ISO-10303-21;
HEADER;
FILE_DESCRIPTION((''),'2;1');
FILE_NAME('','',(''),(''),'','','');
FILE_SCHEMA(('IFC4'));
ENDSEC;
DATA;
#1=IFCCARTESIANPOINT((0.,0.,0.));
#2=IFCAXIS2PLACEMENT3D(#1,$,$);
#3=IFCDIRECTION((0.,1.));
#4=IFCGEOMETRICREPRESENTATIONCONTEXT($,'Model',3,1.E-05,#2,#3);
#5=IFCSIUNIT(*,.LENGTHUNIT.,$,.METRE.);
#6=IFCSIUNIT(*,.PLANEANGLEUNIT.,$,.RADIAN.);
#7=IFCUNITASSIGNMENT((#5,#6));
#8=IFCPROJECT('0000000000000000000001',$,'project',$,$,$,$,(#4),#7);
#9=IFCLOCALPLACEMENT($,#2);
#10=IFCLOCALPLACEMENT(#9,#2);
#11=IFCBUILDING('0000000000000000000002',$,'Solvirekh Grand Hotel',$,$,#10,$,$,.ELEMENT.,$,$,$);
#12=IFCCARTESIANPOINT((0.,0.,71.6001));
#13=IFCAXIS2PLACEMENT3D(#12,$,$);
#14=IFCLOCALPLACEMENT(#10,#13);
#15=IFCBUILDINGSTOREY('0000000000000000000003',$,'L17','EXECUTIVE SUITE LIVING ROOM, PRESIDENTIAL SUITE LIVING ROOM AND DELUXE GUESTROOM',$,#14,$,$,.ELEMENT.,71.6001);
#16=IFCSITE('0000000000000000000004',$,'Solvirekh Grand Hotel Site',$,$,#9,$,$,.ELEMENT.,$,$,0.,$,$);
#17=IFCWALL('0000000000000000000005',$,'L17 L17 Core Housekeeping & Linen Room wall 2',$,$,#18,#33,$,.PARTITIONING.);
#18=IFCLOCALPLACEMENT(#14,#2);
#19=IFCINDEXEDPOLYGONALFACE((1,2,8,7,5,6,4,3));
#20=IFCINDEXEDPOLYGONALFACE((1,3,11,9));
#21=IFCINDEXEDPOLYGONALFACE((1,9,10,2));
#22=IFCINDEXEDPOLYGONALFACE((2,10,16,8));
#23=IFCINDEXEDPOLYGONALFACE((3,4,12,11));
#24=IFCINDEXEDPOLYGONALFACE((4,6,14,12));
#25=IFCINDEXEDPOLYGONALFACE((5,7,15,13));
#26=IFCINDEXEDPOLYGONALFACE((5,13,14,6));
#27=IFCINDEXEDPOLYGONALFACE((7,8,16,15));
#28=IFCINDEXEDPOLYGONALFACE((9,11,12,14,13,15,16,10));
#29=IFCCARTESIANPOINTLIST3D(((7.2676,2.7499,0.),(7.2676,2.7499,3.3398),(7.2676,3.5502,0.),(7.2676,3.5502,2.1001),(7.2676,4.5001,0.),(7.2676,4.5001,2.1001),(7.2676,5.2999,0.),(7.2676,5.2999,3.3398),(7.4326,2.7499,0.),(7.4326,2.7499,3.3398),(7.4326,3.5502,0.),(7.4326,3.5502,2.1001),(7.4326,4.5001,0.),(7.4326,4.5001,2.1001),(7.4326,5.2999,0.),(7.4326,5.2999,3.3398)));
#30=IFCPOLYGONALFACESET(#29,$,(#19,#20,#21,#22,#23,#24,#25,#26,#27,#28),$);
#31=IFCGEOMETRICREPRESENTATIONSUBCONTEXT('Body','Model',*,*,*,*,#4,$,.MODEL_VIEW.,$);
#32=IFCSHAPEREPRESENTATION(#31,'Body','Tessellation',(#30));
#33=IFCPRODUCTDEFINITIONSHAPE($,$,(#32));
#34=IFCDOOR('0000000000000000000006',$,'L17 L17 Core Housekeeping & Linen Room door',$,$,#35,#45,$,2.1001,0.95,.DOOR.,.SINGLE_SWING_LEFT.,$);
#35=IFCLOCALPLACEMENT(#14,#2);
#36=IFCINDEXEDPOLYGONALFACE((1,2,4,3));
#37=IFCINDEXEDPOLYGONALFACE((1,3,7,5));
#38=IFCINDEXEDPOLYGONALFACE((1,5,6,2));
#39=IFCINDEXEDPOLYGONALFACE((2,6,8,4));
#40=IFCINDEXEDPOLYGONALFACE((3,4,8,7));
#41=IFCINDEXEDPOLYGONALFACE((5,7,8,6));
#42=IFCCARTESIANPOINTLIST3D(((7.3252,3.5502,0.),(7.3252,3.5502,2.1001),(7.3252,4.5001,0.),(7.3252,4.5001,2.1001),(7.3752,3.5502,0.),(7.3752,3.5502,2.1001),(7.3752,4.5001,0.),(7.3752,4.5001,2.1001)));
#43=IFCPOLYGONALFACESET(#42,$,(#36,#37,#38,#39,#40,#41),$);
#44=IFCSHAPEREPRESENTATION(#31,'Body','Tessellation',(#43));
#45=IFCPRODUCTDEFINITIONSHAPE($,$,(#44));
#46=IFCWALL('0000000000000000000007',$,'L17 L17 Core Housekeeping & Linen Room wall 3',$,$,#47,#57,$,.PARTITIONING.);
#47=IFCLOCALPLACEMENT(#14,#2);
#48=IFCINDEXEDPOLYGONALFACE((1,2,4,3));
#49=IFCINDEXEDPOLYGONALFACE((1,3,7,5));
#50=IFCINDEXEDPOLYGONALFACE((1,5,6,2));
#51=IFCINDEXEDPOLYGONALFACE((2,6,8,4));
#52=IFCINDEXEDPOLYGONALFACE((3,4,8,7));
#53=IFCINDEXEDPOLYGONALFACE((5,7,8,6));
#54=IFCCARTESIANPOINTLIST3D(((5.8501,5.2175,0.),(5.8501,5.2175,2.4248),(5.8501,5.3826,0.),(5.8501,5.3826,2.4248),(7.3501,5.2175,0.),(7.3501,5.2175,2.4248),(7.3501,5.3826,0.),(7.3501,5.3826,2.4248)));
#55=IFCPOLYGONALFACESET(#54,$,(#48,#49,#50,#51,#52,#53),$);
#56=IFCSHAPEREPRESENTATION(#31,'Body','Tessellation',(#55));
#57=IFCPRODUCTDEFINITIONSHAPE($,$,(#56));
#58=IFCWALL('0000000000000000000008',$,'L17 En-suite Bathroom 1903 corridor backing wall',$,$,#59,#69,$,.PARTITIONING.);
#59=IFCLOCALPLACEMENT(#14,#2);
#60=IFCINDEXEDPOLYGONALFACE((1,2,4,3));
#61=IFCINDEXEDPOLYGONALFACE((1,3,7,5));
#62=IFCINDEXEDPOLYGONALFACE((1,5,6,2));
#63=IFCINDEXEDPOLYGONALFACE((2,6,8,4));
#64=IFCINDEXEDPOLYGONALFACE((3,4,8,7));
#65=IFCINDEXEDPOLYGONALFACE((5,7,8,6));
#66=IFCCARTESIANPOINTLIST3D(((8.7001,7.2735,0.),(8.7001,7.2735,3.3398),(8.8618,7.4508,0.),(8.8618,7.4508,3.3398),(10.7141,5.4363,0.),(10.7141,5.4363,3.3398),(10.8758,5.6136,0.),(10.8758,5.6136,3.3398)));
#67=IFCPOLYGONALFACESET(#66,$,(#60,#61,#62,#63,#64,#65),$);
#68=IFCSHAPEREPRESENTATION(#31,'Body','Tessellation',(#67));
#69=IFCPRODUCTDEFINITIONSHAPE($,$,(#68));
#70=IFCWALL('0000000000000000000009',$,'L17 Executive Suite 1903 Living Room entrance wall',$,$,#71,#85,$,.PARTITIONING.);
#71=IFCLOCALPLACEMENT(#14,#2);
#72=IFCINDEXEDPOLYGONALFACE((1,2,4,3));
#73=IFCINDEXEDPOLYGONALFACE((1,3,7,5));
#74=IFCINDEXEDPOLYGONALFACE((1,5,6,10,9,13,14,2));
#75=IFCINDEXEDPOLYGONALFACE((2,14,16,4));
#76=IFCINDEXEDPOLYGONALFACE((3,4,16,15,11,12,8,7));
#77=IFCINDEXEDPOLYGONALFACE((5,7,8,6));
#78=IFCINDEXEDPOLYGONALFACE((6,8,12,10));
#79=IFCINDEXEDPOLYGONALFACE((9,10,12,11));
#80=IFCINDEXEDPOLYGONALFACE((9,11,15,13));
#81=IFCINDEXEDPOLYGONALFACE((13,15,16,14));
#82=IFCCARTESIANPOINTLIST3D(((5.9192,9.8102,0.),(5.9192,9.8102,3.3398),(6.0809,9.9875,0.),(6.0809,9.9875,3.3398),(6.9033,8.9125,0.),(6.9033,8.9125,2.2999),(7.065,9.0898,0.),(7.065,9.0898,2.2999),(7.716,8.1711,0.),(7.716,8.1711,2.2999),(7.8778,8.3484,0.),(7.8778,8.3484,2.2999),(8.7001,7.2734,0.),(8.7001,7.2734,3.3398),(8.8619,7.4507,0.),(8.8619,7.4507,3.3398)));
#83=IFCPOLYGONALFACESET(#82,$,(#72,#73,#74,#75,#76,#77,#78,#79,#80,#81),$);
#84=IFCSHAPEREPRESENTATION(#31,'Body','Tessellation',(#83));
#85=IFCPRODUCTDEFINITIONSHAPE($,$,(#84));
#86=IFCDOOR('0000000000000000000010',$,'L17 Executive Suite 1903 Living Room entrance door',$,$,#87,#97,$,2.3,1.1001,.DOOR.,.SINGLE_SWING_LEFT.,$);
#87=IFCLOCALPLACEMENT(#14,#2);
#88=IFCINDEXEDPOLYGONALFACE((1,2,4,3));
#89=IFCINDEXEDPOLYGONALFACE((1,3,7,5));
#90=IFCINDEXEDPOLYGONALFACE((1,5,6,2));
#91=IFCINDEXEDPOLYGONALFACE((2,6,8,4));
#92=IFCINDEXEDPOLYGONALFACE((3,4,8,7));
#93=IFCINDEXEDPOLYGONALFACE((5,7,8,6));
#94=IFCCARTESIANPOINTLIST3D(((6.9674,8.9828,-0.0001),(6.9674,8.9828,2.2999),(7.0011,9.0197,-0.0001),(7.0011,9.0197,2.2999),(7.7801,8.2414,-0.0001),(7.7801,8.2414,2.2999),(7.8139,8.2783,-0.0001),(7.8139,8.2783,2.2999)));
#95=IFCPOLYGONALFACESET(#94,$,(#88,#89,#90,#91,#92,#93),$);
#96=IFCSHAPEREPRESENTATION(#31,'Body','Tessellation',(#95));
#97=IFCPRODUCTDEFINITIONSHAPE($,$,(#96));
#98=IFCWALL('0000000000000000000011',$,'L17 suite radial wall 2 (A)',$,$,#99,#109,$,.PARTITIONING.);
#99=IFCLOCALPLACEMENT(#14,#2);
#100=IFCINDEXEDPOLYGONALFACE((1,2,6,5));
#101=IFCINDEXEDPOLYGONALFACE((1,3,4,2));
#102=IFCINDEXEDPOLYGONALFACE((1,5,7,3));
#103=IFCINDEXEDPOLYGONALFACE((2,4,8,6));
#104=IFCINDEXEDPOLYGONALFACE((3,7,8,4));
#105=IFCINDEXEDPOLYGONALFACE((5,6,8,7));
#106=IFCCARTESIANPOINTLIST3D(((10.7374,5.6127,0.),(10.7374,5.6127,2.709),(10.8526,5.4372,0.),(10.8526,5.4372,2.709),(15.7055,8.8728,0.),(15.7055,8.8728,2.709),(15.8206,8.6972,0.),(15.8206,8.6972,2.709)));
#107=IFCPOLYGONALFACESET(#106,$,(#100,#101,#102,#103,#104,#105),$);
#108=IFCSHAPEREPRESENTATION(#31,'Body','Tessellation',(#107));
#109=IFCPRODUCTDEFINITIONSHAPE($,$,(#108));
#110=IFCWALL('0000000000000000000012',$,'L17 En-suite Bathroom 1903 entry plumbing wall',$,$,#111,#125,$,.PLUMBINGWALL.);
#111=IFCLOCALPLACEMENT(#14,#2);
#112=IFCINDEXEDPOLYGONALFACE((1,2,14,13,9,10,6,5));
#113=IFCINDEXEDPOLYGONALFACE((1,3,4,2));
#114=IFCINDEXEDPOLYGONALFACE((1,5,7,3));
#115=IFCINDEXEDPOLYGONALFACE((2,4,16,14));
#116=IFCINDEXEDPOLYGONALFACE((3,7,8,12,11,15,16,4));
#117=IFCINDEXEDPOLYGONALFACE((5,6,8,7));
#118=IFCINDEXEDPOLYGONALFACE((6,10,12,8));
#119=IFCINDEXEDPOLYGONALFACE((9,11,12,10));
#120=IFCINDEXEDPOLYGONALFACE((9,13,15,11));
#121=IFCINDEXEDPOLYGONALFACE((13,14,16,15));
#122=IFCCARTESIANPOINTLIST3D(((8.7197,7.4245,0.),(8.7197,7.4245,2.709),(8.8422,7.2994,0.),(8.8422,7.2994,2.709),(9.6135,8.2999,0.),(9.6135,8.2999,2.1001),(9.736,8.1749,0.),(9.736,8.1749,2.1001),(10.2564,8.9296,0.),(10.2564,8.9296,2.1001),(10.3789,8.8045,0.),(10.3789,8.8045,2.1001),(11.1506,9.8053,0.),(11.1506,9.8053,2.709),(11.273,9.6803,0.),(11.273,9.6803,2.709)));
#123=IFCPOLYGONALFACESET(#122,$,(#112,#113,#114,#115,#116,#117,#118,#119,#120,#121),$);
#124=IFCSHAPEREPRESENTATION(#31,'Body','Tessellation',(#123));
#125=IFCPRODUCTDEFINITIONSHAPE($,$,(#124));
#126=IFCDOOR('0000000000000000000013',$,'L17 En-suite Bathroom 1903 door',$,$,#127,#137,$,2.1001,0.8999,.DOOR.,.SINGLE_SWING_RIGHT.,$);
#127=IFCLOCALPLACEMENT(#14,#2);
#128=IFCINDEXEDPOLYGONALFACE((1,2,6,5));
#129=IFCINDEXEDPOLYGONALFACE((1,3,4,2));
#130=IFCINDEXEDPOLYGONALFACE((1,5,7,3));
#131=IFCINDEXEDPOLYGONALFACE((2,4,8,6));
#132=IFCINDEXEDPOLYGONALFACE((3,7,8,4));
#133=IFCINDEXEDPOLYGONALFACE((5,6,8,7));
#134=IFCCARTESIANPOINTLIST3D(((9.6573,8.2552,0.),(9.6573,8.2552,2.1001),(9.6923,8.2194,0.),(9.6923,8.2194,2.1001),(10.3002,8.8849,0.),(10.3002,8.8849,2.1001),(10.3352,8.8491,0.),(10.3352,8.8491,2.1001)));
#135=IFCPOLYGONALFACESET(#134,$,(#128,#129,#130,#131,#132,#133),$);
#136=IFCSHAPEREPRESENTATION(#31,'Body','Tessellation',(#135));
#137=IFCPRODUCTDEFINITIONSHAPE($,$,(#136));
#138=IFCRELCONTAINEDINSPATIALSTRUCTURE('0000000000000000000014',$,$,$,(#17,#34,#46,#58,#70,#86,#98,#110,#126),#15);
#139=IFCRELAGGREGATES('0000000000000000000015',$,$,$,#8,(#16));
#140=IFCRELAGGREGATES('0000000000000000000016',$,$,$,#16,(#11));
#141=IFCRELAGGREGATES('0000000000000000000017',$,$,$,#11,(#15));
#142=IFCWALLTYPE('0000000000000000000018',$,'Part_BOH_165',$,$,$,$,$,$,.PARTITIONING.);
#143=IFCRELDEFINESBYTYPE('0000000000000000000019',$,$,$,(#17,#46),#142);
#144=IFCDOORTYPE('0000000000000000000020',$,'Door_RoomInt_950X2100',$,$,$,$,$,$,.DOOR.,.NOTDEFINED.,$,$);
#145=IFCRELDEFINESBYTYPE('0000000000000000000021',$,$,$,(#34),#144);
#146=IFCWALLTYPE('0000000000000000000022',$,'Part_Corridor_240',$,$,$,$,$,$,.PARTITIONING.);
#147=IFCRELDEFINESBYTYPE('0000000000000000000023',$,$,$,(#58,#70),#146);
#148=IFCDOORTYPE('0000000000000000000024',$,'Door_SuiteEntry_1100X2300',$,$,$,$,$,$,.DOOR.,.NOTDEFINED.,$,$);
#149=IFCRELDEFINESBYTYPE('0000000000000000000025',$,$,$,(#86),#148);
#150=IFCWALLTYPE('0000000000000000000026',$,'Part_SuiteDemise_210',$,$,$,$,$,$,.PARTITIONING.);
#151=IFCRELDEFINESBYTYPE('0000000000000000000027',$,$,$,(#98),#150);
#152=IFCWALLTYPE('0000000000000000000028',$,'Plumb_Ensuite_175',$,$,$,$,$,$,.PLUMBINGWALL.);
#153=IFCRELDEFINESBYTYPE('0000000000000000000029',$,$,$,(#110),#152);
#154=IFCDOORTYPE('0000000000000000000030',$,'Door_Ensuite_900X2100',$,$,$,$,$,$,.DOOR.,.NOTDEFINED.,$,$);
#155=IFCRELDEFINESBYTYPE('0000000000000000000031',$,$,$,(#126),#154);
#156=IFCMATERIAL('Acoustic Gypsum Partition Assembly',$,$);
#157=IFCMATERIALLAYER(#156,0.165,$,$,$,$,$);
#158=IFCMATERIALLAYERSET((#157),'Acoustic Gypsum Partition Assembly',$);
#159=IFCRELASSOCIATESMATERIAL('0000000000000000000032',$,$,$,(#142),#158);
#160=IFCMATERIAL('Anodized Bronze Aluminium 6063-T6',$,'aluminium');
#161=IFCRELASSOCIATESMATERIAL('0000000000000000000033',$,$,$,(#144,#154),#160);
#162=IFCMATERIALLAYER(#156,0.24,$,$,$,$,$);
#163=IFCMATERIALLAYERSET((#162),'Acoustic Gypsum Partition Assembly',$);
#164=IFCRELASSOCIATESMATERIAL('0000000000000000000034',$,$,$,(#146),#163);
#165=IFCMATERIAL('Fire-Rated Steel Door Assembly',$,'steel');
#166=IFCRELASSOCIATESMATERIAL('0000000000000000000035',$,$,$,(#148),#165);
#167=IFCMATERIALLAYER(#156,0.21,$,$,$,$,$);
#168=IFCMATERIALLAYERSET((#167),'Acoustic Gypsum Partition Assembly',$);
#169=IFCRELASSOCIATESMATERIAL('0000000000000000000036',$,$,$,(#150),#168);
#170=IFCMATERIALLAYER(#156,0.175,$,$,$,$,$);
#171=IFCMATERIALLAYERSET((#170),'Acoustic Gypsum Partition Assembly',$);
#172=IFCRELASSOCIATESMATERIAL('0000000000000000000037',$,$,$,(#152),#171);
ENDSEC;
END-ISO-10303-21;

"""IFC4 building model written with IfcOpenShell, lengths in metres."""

from ifc_helpers import new_model, si_unit, direction, frame, frame_2d, origin, place, context, subcontext, project, spatial, rectangle, extrude, material, layer, layer_set, type_object, element, fill, save


model = new_model("IFC4")

# Units and contexts
model_context = context("Model", 3, precision=1e-05, world=origin(), true_north=direction((0.0, 1.0)))
body_context = subcontext(model_context, "Body", "Model", "MODEL_VIEW")
ifc_project = project(units=[si_unit("LENGTHUNIT", "METRE"), si_unit("PLANEANGLEUNIT", "RADIAN")], contexts=[model_context])

# Site, building, storey
site_placement = place(None, origin())
site = spatial("IfcSite", under=ifc_project, at=site_placement, Name="Solvirekh Grand Hotel Site", CompositionType="ELEMENT", RefElevation=0.0)
building_placement = place(site_placement, origin())
building = spatial("IfcBuilding", under=site, at=building_placement, Name="Solvirekh Grand Hotel", CompositionType="ELEMENT")
storey_placement = place(building_placement, frame((0.0, 0.0, 71.6001)))
storey = spatial("IfcBuildingStorey", under=building, at=storey_placement, Name="L17", Description="EXECUTIVE SUITE LIVING ROOM, PRESIDENTIAL SUITE LIVING ROOM AND DELUXE GUESTROOM", CompositionType="ELEMENT", Elevation=71.6001)

# Shared definitions
ifc_material_1 = material(Name="Anodized Bronze Aluminium 6063-T6", Category="aluminium")

# Wall, opening, door
ifc_material_2 = material(Name="Acoustic Gypsum Partition Assembly")
ifc_layer_1 = layer(ifc_material_2, 0.165)
ifc_layer_set_1 = layer_set([ifc_layer_1], Name="Acoustic Gypsum Partition Assembly")
wall_type_1 = type_object("IfcWallType", Name="Part_BOH_165", PredefinedType="PARTITIONING", material=ifc_layer_set_1)
wall_1_placement = place(storey_placement, frame((7.3501, 2.75, 0.0), z_axis=(0.0, 0.0, 1.0), x_axis=(0.0, 1.0, 0.0)))
wall_1 = element("IfcWall", 1, at=wall_1_placement, inside=storey, type_object=wall_type_1, Name="L17 L17 Core Housekeeping & Linen Room wall 2", PredefinedType="PARTITIONING", context=body_context, shape_type="SweptSolid", body=[
    extrude(rectangle(XDim=2.55, YDim=0.165, at=frame_2d((1.2749, 0.0))), origin(), (0.0, 0.0, 1.0), 3.3398),
])
opening_1_placement = place(wall_1_placement, frame((0.8, 0.0, 0.0)))
opening_1 = element("IfcOpeningElement", 2, at=opening_1_placement, cuts=wall_1, PredefinedType="OPENING", context=body_context, shape_type="SweptSolid", body=[
    extrude(rectangle(XDim=0.95, YDim=2.1001, at=frame_2d((0.4751, 1.05))), frame((0.0, 0.0925, 0.0), z_axis=(0.0, -1.0, 0.0), x_axis=(1.0, 0.0, 0.0)), (0.0, 0.0, 1.0), 0.1851),
])
door_type_1 = type_object("IfcDoorType", Name="Door_RoomInt_950X2100", OperationType="NOTDEFINED", PredefinedType="DOOR", material=ifc_material_1)
door_1_placement = place(opening_1_placement, origin())
door_1 = element("IfcDoor", 3, at=door_1_placement, inside=storey, type_object=door_type_1, Name="L17 L17 Core Housekeeping & Linen Room door", OperationType="SINGLE_SWING_LEFT", OverallHeight=2.1001, OverallWidth=0.95, PredefinedType="DOOR", context=body_context, shape_type="SweptSolid", body=[
    extrude(rectangle(XDim=0.95, YDim=2.1001, at=frame_2d((0.4751, 1.05))), frame((0.0, 0.0249, 0.0), z_axis=(0.0, -1.0, 0.0), x_axis=(1.0, 0.0, 0.0)), (0.0, 0.0, 1.0), 0.05),
])
fill(opening_1, door_1)

# Walls
wall_2_placement = place(storey_placement, frame((7.3501, 5.3, 0.0), z_axis=(0.0, 0.0, 1.0), x_axis=(-1.0, 0.0, 0.0)))
element("IfcWall", 4, at=wall_2_placement, inside=storey, type_object=wall_type_1, Name="L17 L17 Core Housekeeping & Linen Room wall 3", PredefinedType="PARTITIONING", context=body_context, shape_type="SweptSolid", body=[
    extrude(rectangle(XDim=1.5, YDim=0.165, at=frame_2d((0.75, 0.0))), origin(), (0.0, 0.0, 1.0), 2.4248),
])
ifc_layer_2 = layer(ifc_material_2, 0.24)
ifc_layer_set_2 = layer_set([ifc_layer_2], Name="Acoustic Gypsum Partition Assembly")
wall_type_2 = type_object("IfcWallType", Name="Part_Corridor_240", PredefinedType="PARTITIONING", material=ifc_layer_set_2)
wall_3_placement = place(storey_placement, frame((10.7949, 5.5249, 0.0), z_axis=(0.0, 0.0, 1.0), x_axis=(-0.738784, 0.673942, 0.0)))
element("IfcWall", 5, at=wall_3_placement, inside=storey, type_object=wall_type_2, Name="L17 En-suite Bathroom 1903 corridor backing wall", PredefinedType="PARTITIONING", context=body_context, shape_type="SweptSolid", body=[
    extrude(rectangle(XDim=2.7261, YDim=0.24, at=frame_2d((1.363, 0.0))), origin(), (0.0, 0.0, 1.0), 3.3398),
])

# Wall, opening, door
wall_4_placement = place(storey_placement, frame((8.781, 7.3621, 0.0), z_axis=(0.0, 0.0, 1.0), x_axis=(-0.738792, 0.673934, 0.0)))
wall_4 = element("IfcWall", 6, at=wall_4_placement, inside=storey, type_object=wall_type_2, Name="L17 Executive Suite 1903 Living Room entrance wall", PredefinedType="PARTITIONING", context=body_context, shape_type="SweptSolid", body=[
    extrude(rectangle(XDim=3.7642, YDim=0.24, at=frame_2d((1.8821, 0.0))), origin(), (0.0, 0.0, 1.0), 3.3398),
])
opening_2_placement = place(wall_4_placement, frame((1.332, 0.0, 0.0)))
opening_2 = element("IfcOpeningElement", 7, at=opening_2_placement, cuts=wall_4, PredefinedType="OPENING", context=body_context, shape_type="SweptSolid", body=[
    extrude(rectangle(XDim=1.1001, YDim=2.3, at=frame_2d((0.55, 1.1499))), frame((0.0, 0.1299, 0.0), z_axis=(0.0, -1.0, 0.0), x_axis=(1.0, 0.0, 0.0)), (0.0, 0.0, 1.0), 0.26),
])
ifc_material_3 = material(Name="Fire-Rated Steel Door Assembly", Category="steel")
door_type_2 = type_object("IfcDoorType", Name="Door_SuiteEntry_1100X2300", OperationType="NOTDEFINED", PredefinedType="DOOR", material=ifc_material_3)
door_2_placement = place(opening_2_placement, origin())
door_2 = element("IfcDoor", 8, at=door_2_placement, inside=storey, type_object=door_type_2, Name="L17 Executive Suite 1903 Living Room entrance door", OperationType="SINGLE_SWING_LEFT", OverallHeight=2.3, OverallWidth=1.1001, PredefinedType="DOOR", context=body_context, shape_type="SweptSolid", body=[
    extrude(rectangle(XDim=1.1001, YDim=2.3, at=frame_2d((0.55, 1.1499))), frame((0.0, 0.0249, 0.0), z_axis=(0.0, -1.0, 0.0), x_axis=(1.0, 0.0, 0.0)), (0.0, 0.0, 1.0), 0.05),
])
fill(opening_2, door_2)

# Wall
ifc_layer_3 = layer(ifc_material_2, 0.21)
ifc_layer_set_3 = layer_set([ifc_layer_3], Name="Acoustic Gypsum Partition Assembly")
wall_type_3 = type_object("IfcWallType", Name="Part_SuiteDemise_210", PredefinedType="PARTITIONING", material=ifc_layer_set_3)
wall_5_placement = place(storey_placement, frame((10.7949, 5.5249, 0.0), z_axis=(0.0, 0.0, 1.0), x_axis=(0.836067, 0.548627, 0.0)))
element("IfcWall", 9, at=wall_5_placement, inside=storey, type_object=wall_type_3, Name="L17 suite radial wall 2 (A)", PredefinedType="PARTITIONING", context=body_context, shape_type="SweptSolid", body=[
    extrude(rectangle(XDim=5.9421, YDim=0.21, at=frame_2d((2.9712, 0.0))), origin(), (0.0, 0.0, 1.0), 2.709),
])

# Wall, opening, door
ifc_layer_4 = layer(ifc_material_2, 0.175)
ifc_layer_set_4 = layer_set([ifc_layer_4], Name="Acoustic Gypsum Partition Assembly")
wall_type_4 = type_object("IfcWallType", Name="Plumb_Ensuite_175", PredefinedType="PLUMBINGWALL", material=ifc_layer_set_4)
wall_6_placement = place(storey_placement, frame((8.781, 7.3621, 0.0), z_axis=(0.0, 0.0, 1.0), x_axis=(0.714423, 0.699714, 0.0)))
wall_6 = element("IfcWall", 10, at=wall_6_placement, inside=storey, type_object=wall_type_4, Name="L17 En-suite Bathroom 1903 entry plumbing wall", PredefinedType="PLUMBINGWALL", context=body_context, shape_type="SweptSolid", body=[
    extrude(rectangle(XDim=3.4026, YDim=0.175, at=frame_2d((1.7012, 0.0))), origin(), (0.0, 0.0, 1.0), 2.709),
])
opening_3_placement = place(wall_6_placement, frame((1.251, 0.0, 0.0)))
opening_3 = element("IfcOpeningElement", 11, at=opening_3_placement, cuts=wall_6, PredefinedType="OPENING", context=body_context, shape_type="SweptSolid", body=[
    extrude(rectangle(XDim=0.8999, YDim=2.1001, at=frame_2d((0.45, 1.05))), frame((0.0, 0.0977, 0.0), z_axis=(0.0, -1.0, 0.0), x_axis=(1.0, 0.0, 0.0)), (0.0, 0.0, 1.0), 0.1951),
])
door_type_3 = type_object("IfcDoorType", Name="Door_Ensuite_900X2100", OperationType="NOTDEFINED", PredefinedType="DOOR", material=ifc_material_1)
door_3_placement = place(opening_3_placement, origin())
door_3 = element("IfcDoor", 12, at=door_3_placement, inside=storey, type_object=door_type_3, Name="L17 En-suite Bathroom 1903 door", OperationType="SINGLE_SWING_RIGHT", OverallHeight=2.1001, OverallWidth=0.8999, PredefinedType="DOOR", context=body_context, shape_type="SweptSolid", body=[
    extrude(rectangle(XDim=0.8999, YDim=2.1001, at=frame_2d((0.45, 1.05))), frame((0.0, 0.0249, 0.0), z_axis=(0.0, -1.0, 0.0), x_axis=(1.0, 0.0, 0.0)), (0.0, 0.0, 1.0), 0.05),
])
fill(opening_3, door_3)

save(model, "model.ifc")
